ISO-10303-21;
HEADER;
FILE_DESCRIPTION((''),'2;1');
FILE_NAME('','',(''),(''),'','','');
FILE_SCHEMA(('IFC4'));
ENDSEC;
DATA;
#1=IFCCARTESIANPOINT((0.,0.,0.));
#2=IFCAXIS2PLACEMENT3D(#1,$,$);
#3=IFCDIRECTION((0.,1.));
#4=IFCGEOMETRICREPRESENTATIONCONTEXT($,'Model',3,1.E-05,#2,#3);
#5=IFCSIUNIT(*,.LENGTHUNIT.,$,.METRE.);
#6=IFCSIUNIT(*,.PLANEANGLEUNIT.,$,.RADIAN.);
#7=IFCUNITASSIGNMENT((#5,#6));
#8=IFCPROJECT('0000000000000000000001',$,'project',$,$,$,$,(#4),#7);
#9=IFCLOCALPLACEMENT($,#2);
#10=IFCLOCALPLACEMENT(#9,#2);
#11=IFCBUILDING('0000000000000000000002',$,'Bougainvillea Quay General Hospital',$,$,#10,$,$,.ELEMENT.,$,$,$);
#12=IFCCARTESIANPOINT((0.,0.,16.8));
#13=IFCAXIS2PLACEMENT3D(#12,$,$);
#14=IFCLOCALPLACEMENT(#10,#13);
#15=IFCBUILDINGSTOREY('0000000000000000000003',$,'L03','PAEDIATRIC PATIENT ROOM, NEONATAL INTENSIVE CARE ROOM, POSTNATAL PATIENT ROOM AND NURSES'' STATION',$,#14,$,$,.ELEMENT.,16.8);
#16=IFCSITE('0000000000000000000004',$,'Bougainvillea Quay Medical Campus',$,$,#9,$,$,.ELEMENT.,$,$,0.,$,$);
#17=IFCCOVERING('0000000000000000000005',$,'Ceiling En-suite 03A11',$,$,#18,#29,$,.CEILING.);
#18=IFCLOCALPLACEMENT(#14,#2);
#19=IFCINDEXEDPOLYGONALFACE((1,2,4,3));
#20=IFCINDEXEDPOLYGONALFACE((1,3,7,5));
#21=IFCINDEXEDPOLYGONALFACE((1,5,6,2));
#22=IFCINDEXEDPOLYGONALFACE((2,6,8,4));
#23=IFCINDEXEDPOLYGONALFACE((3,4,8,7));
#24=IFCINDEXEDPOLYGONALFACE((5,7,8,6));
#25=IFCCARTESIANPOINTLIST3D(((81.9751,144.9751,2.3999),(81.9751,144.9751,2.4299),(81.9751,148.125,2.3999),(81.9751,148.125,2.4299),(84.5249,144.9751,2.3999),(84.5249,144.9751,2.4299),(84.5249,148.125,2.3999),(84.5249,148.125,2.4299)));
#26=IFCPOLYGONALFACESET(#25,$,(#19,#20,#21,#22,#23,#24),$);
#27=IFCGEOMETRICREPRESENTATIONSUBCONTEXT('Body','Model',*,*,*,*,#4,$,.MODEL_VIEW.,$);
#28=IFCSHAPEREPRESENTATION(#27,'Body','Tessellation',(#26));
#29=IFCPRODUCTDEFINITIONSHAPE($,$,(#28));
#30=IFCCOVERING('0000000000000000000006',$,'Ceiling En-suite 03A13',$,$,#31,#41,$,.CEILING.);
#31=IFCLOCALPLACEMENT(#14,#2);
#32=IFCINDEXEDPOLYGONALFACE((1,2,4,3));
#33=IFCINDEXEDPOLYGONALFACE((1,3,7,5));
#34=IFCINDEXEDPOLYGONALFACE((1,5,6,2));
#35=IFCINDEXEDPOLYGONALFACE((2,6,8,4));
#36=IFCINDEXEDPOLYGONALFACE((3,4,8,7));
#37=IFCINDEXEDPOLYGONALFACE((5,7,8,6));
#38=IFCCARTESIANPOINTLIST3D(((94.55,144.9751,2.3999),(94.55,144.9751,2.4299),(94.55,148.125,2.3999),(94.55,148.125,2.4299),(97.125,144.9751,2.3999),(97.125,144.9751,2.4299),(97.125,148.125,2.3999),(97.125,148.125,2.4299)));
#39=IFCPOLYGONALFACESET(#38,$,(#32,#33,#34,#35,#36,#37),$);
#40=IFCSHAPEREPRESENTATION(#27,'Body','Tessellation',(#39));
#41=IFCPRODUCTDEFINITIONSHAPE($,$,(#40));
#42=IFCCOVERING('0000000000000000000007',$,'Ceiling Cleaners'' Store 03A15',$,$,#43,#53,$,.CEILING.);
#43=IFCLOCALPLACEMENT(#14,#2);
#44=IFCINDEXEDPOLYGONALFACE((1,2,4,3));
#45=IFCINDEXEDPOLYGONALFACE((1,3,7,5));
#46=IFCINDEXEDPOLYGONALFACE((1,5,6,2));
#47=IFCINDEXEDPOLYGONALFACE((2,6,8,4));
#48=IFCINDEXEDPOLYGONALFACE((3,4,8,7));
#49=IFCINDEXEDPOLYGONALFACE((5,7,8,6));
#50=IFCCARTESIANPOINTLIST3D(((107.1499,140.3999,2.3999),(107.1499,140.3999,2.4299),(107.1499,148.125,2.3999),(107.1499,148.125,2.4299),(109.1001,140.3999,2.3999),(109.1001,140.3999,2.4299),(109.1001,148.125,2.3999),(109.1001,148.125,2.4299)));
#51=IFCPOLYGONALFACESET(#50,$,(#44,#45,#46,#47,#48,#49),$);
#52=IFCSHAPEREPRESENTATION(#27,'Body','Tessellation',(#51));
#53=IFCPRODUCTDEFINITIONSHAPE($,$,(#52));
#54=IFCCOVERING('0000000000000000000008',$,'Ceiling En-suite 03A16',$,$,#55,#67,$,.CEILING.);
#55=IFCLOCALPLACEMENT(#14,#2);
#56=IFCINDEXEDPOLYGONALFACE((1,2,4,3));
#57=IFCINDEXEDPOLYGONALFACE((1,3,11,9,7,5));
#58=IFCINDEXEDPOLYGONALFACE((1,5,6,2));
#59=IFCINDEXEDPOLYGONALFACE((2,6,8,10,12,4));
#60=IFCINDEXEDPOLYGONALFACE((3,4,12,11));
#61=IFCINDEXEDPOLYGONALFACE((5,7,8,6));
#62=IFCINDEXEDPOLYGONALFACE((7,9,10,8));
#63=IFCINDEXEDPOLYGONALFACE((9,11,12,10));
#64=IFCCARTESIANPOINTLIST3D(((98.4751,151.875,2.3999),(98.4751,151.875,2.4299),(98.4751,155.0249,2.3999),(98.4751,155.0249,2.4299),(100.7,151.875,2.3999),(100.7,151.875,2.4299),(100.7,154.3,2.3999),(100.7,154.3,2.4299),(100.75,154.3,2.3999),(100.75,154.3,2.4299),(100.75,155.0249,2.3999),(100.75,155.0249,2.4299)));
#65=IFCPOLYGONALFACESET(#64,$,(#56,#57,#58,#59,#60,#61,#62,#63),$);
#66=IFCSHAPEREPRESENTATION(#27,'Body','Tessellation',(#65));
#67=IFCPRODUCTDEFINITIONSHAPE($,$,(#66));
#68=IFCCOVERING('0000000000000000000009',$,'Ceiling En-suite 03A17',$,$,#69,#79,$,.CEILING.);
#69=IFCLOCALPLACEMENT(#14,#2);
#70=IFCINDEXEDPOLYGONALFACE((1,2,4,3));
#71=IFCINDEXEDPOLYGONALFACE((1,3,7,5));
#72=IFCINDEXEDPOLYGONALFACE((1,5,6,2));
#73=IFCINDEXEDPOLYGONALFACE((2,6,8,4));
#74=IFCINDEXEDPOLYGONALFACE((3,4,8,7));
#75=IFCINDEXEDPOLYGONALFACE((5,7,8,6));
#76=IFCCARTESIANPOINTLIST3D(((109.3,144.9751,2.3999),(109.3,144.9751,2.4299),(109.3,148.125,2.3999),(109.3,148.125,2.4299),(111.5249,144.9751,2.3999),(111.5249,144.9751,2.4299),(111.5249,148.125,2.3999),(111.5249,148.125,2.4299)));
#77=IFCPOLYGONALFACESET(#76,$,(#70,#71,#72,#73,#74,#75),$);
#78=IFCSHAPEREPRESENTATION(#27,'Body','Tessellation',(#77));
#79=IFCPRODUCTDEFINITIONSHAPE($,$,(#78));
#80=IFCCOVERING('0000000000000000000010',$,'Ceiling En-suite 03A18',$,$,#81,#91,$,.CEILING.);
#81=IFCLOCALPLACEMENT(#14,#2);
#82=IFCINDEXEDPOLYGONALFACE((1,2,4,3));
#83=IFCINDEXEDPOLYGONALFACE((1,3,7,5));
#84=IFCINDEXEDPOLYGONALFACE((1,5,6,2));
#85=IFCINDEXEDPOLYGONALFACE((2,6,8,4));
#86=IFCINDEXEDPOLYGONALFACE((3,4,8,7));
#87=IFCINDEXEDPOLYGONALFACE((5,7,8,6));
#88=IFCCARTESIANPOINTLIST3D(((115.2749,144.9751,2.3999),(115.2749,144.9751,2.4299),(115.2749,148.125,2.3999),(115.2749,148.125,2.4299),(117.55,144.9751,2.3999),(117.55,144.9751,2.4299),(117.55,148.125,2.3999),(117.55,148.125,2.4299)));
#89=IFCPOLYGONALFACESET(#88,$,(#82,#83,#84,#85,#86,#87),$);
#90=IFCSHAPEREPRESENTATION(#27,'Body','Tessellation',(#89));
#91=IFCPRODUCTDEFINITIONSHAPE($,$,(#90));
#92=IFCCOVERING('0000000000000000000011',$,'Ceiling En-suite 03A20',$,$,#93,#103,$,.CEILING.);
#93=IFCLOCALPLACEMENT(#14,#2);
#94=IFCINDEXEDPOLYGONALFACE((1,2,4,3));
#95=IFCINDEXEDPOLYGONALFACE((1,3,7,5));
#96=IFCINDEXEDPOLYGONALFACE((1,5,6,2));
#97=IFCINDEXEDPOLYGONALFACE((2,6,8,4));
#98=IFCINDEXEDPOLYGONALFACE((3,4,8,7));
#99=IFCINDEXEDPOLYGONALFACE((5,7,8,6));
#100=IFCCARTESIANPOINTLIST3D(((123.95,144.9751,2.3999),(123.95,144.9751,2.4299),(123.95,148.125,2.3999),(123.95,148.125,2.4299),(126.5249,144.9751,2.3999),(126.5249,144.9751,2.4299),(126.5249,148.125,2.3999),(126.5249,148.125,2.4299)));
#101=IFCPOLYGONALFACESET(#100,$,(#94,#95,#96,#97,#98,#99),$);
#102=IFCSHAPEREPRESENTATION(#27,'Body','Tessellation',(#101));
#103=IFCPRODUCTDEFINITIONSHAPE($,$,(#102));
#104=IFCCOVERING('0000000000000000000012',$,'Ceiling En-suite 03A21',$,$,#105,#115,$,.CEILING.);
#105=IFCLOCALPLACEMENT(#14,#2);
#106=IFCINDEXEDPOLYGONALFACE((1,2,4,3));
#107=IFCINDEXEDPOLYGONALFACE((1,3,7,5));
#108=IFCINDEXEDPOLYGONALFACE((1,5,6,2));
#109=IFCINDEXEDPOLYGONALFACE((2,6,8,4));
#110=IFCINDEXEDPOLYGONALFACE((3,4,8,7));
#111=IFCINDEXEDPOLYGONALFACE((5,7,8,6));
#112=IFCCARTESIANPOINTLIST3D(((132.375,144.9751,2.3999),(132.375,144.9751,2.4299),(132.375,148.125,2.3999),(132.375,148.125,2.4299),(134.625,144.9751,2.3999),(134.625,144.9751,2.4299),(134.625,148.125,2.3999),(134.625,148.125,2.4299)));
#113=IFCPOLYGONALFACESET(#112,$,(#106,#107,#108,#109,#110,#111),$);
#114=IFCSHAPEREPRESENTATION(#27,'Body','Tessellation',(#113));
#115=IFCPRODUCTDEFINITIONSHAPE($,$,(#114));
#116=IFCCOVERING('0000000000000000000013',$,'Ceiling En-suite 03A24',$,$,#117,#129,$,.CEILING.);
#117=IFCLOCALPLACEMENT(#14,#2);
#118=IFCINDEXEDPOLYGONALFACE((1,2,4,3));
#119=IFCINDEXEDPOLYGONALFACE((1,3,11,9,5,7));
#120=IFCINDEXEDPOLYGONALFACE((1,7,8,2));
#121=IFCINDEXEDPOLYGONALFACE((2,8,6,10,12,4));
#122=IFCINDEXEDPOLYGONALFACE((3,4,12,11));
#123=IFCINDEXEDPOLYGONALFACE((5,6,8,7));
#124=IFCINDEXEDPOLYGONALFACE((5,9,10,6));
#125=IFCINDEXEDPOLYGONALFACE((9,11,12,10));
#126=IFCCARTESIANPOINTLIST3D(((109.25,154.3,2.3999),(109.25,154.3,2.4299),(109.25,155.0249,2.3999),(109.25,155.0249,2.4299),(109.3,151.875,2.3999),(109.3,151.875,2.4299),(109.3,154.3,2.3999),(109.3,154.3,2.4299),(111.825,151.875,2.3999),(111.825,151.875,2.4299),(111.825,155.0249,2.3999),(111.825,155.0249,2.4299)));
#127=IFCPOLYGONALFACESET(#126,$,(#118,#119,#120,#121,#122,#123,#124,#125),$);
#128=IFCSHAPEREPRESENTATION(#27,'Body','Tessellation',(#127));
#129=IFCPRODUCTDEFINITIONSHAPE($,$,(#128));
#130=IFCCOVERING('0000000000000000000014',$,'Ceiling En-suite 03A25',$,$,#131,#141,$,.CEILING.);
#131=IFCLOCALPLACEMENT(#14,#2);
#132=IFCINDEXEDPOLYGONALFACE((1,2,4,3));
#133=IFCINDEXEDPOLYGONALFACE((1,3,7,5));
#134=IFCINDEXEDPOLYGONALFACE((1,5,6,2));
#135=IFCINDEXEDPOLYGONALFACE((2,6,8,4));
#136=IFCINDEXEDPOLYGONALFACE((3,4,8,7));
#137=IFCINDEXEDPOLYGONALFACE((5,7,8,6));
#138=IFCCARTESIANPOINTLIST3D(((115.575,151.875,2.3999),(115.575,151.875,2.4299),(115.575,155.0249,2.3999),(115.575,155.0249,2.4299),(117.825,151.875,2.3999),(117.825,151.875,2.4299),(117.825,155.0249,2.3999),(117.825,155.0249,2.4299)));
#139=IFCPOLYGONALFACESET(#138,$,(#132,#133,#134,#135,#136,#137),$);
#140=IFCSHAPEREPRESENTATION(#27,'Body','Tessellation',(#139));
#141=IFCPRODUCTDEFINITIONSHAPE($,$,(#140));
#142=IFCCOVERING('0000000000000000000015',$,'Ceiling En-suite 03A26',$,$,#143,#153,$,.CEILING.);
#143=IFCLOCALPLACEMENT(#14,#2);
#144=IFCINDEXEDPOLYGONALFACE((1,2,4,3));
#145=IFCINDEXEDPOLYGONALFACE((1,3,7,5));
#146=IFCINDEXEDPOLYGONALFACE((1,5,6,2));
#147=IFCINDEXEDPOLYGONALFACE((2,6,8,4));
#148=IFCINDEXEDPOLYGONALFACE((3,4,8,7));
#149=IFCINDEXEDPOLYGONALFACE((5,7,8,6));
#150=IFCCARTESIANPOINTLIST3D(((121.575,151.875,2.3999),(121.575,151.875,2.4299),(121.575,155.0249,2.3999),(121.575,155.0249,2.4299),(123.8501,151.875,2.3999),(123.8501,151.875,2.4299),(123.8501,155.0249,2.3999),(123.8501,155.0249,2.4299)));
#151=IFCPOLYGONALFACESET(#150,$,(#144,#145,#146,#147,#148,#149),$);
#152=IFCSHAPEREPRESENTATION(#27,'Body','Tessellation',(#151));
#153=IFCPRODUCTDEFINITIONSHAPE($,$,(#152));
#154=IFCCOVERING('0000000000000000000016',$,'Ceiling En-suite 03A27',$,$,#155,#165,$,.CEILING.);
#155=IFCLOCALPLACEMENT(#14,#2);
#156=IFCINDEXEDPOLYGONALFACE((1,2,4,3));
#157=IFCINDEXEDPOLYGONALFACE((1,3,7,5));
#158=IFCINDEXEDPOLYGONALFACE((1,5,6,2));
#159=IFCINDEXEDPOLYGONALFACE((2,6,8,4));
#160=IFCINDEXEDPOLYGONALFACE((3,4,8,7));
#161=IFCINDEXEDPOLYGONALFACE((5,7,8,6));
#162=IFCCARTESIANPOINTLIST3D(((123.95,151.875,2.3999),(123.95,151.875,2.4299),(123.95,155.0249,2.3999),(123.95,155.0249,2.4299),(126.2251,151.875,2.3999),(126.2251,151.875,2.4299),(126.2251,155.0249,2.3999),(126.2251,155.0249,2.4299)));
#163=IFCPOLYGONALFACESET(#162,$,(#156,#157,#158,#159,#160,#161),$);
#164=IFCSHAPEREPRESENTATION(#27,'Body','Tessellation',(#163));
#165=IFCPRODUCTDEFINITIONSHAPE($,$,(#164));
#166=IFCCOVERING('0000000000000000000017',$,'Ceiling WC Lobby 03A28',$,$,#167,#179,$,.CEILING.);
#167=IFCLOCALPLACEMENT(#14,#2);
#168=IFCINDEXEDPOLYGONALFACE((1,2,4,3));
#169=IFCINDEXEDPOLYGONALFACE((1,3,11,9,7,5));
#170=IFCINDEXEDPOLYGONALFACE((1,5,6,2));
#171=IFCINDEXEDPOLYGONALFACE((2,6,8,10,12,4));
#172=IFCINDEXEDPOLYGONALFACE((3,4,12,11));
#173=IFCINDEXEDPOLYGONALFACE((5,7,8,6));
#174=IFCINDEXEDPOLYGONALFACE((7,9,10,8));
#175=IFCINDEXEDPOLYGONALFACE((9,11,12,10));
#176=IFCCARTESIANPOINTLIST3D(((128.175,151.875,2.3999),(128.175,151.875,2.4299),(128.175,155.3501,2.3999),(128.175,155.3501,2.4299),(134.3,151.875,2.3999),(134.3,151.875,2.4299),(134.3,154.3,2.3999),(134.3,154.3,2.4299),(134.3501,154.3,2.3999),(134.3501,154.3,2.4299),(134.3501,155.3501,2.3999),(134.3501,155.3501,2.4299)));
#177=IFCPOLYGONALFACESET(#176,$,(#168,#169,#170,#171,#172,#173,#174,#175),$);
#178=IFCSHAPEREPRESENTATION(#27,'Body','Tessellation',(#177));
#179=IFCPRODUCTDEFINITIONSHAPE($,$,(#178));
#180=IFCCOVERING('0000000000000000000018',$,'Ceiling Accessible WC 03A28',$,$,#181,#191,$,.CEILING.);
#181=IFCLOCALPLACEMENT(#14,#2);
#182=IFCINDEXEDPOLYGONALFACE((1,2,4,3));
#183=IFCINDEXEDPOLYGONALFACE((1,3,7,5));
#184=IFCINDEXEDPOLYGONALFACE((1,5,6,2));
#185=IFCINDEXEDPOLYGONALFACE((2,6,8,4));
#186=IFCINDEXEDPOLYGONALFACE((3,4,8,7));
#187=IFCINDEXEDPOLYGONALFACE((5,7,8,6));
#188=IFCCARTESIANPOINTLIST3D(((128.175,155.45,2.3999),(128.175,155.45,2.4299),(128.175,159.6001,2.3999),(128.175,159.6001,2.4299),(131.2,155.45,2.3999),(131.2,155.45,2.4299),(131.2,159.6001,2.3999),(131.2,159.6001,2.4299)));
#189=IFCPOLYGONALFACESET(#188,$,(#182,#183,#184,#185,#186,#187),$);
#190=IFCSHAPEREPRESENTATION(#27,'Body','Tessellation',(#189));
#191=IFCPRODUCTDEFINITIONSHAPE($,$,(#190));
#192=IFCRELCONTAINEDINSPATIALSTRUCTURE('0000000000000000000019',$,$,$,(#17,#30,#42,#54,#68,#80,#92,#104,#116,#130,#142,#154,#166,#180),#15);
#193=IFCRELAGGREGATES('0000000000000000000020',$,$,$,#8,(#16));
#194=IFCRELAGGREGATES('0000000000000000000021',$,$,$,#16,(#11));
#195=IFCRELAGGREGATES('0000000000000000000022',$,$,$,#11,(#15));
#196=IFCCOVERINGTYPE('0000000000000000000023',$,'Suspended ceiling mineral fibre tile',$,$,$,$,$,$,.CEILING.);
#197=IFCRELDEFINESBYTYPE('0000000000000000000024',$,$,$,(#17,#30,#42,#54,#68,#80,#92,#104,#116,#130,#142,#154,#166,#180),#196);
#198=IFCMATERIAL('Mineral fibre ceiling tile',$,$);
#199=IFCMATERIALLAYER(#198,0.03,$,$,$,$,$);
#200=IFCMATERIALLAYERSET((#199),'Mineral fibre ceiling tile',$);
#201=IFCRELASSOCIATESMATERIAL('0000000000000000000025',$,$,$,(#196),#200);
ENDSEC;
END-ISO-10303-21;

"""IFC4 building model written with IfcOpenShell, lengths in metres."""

from ifc_helpers import new_model, si_unit, direction, frame, origin, place, context, subcontext, project, spatial, polyline, outline, extrude, material, layer, layer_set, type_object, element, save


model = new_model("IFC4")

# Units and contexts
model_context = context("Model", 3, precision=1e-05, world=origin(), true_north=direction((0.0, 1.0)))
body_context = subcontext(model_context, "Body", "Model", "MODEL_VIEW")
ifc_project = project(units=[si_unit("LENGTHUNIT", "METRE"), si_unit("PLANEANGLEUNIT", "RADIAN")], contexts=[model_context])

# Site, building, storey
site_placement = place(None, origin())
site = spatial("IfcSite", under=ifc_project, at=site_placement, Name="Bougainvillea Quay Medical Campus", CompositionType="ELEMENT", RefElevation=0.0)
building_placement = place(site_placement, origin())
building = spatial("IfcBuilding", under=site, at=building_placement, Name="Bougainvillea Quay General Hospital", CompositionType="ELEMENT")
storey_placement = place(building_placement, frame((0.0, 0.0, 16.8)))
storey = spatial("IfcBuildingStorey", under=building, at=storey_placement, Name="L03", Description="PAEDIATRIC PATIENT ROOM, NEONATAL INTENSIVE CARE ROOM, POSTNATAL PATIENT ROOM AND NURSES' STATION", CompositionType="ELEMENT", Elevation=16.8)

# Coverings
ifc_material = material(Name="Mineral fibre ceiling tile")
ifc_layer = layer(ifc_material, 0.03)
ifc_layer_set = layer_set([ifc_layer], Name="Mineral fibre ceiling tile")
covering_type = type_object("IfcCoveringType", Name="Suspended ceiling mineral fibre tile", PredefinedType="CEILING", material=ifc_layer_set)
covering_1_placement = place(storey_placement, frame((0.0, 0.0, 2.3999)))
element("IfcCovering", 1, at=covering_1_placement, inside=storey, type_object=covering_type, Name="Ceiling En-suite 03A11", PredefinedType="CEILING", context=body_context, shape_type="SweptSolid", body=[
    extrude(outline(polyline([(84.5249, 148.125), (81.9751, 148.125), (81.9751, 144.9751), (84.5249, 144.9751), (84.5249, 148.125)])), origin(), (0.0, 0.0, 1.0), 0.03),
])
covering_2_placement = place(storey_placement, frame((0.0, 0.0, 2.3999)))
element("IfcCovering", 2, at=covering_2_placement, inside=storey, type_object=covering_type, Name="Ceiling En-suite 03A13", PredefinedType="CEILING", context=body_context, shape_type="SweptSolid", body=[
    extrude(outline(polyline([(94.55, 148.125), (94.55, 144.9751), (97.125, 144.9751), (97.125, 148.125), (94.55, 148.125)])), origin(), (0.0, 0.0, 1.0), 0.03),
])
covering_3_placement = place(storey_placement, frame((0.0, 0.0, 2.3999)))
element("IfcCovering", 3, at=covering_3_placement, inside=storey, type_object=covering_type, Name="Ceiling Cleaners' Store 03A15", PredefinedType="CEILING", context=body_context, shape_type="SweptSolid", body=[
    extrude(outline(polyline([(109.1001, 140.3999), (109.1001, 148.125), (107.1499, 148.125), (107.1499, 140.3999), (109.1001, 140.3999)])), origin(), (0.0, 0.0, 1.0), 0.03),
])
covering_4_placement = place(storey_placement, frame((0.0, 0.0, 2.3999)))
element("IfcCovering", 4, at=covering_4_placement, inside=storey, type_object=covering_type, Name="Ceiling En-suite 03A16", PredefinedType="CEILING", context=body_context, shape_type="SweptSolid", body=[
    extrude(outline(polyline([(100.75, 154.3), (100.75, 155.0249), (98.4751, 155.0249), (98.4751, 151.875), (100.7, 151.875), (100.7, 154.3), (100.75, 154.3)])), origin(), (0.0, 0.0, 1.0), 0.03),
])
covering_5_placement = place(storey_placement, frame((0.0, 0.0, 2.3999)))
element("IfcCovering", 5, at=covering_5_placement, inside=storey, type_object=covering_type, Name="Ceiling En-suite 03A17", PredefinedType="CEILING", context=body_context, shape_type="SweptSolid", body=[
    extrude(outline(polyline([(111.5249, 148.125), (109.3, 148.125), (109.3, 144.9751), (111.5249, 144.9751), (111.5249, 148.125)])), origin(), (0.0, 0.0, 1.0), 0.03),
])
covering_6_placement = place(storey_placement, frame((0.0, 0.0, 2.3999)))
element("IfcCovering", 6, at=covering_6_placement, inside=storey, type_object=covering_type, Name="Ceiling En-suite 03A18", PredefinedType="CEILING", context=body_context, shape_type="SweptSolid", body=[
    extrude(outline(polyline([(117.55, 148.125), (115.2749, 148.125), (115.2749, 144.9751), (117.55, 144.9751), (117.55, 148.125)])), origin(), (0.0, 0.0, 1.0), 0.03),
])
covering_7_placement = place(storey_placement, frame((0.0, 0.0, 2.3999)))
element("IfcCovering", 7, at=covering_7_placement, inside=storey, type_object=covering_type, Name="Ceiling En-suite 03A20", PredefinedType="CEILING", context=body_context, shape_type="SweptSolid", body=[
    extrude(outline(polyline([(123.95, 144.9751), (126.5249, 144.9751), (126.5249, 148.125), (123.95, 148.125), (123.95, 144.9751)])), origin(), (0.0, 0.0, 1.0), 0.03),
])
covering_8_placement = place(storey_placement, frame((0.0, 0.0, 2.3999)))
element("IfcCovering", 8, at=covering_8_placement, inside=storey, type_object=covering_type, Name="Ceiling En-suite 03A21", PredefinedType="CEILING", context=body_context, shape_type="SweptSolid", body=[
    extrude(outline(polyline([(134.625, 144.9751), (134.625, 148.125), (132.375, 148.125), (132.375, 144.9751), (134.625, 144.9751)])), origin(), (0.0, 0.0, 1.0), 0.03),
])
covering_9_placement = place(storey_placement, frame((0.0, 0.0, 2.3999)))
element("IfcCovering", 9, at=covering_9_placement, inside=storey, type_object=covering_type, Name="Ceiling En-suite 03A24", PredefinedType="CEILING", context=body_context, shape_type="SweptSolid", body=[
    extrude(outline(polyline([(111.825, 155.0249), (109.25, 155.0249), (109.25, 154.3), (109.3, 154.3), (109.3, 151.875), (111.825, 151.875), (111.825, 155.0249)])), origin(), (0.0, 0.0, 1.0), 0.03),
])
covering_10_placement = place(storey_placement, frame((0.0, 0.0, 2.3999)))
element("IfcCovering", 10, at=covering_10_placement, inside=storey, type_object=covering_type, Name="Ceiling En-suite 03A25", PredefinedType="CEILING", context=body_context, shape_type="SweptSolid", body=[
    extrude(outline(polyline([(117.825, 151.875), (117.825, 155.0249), (115.575, 155.0249), (115.575, 151.875), (117.825, 151.875)])), origin(), (0.0, 0.0, 1.0), 0.03),
])
covering_11_placement = place(storey_placement, frame((0.0, 0.0, 2.3999)))
element("IfcCovering", 11, at=covering_11_placement, inside=storey, type_object=covering_type, Name="Ceiling En-suite 03A26", PredefinedType="CEILING", context=body_context, shape_type="SweptSolid", body=[
    extrude(outline(polyline([(121.575, 151.875), (123.8501, 151.875), (123.8501, 155.0249), (121.575, 155.0249), (121.575, 151.875)])), origin(), (0.0, 0.0, 1.0), 0.03),
])
covering_12_placement = place(storey_placement, frame((0.0, 0.0, 2.3999)))
element("IfcCovering", 12, at=covering_12_placement, inside=storey, type_object=covering_type, Name="Ceiling En-suite 03A27", PredefinedType="CEILING", context=body_context, shape_type="SweptSolid", body=[
    extrude(outline(polyline([(126.2251, 151.875), (126.2251, 155.0249), (123.95, 155.0249), (123.95, 151.875), (126.2251, 151.875)])), origin(), (0.0, 0.0, 1.0), 0.03),
])
covering_13_placement = place(storey_placement, frame((0.0, 0.0, 2.3999)))
element("IfcCovering", 13, at=covering_13_placement, inside=storey, type_object=covering_type, Name="Ceiling WC Lobby 03A28", PredefinedType="CEILING", context=body_context, shape_type="SweptSolid", body=[
    extrude(outline(polyline([(134.3, 154.3), (134.3501, 154.3), (134.3501, 155.3501), (128.175, 155.3501), (128.175, 151.875), (134.3, 151.875), (134.3, 154.3)])), origin(), (0.0, 0.0, 1.0), 0.03),
])
covering_14_placement = place(storey_placement, frame((0.0, 0.0, 2.3999)))
element("IfcCovering", 14, at=covering_14_placement, inside=storey, type_object=covering_type, Name="Ceiling Accessible WC 03A28", PredefinedType="CEILING", context=body_context, shape_type="SweptSolid", body=[
    extrude(outline(polyline([(128.175, 159.6001), (128.175, 155.45), (131.2, 155.45), (131.2, 159.6001), (128.175, 159.6001)])), origin(), (0.0, 0.0, 1.0), 0.03),
])

save(model, "model.ifc")
